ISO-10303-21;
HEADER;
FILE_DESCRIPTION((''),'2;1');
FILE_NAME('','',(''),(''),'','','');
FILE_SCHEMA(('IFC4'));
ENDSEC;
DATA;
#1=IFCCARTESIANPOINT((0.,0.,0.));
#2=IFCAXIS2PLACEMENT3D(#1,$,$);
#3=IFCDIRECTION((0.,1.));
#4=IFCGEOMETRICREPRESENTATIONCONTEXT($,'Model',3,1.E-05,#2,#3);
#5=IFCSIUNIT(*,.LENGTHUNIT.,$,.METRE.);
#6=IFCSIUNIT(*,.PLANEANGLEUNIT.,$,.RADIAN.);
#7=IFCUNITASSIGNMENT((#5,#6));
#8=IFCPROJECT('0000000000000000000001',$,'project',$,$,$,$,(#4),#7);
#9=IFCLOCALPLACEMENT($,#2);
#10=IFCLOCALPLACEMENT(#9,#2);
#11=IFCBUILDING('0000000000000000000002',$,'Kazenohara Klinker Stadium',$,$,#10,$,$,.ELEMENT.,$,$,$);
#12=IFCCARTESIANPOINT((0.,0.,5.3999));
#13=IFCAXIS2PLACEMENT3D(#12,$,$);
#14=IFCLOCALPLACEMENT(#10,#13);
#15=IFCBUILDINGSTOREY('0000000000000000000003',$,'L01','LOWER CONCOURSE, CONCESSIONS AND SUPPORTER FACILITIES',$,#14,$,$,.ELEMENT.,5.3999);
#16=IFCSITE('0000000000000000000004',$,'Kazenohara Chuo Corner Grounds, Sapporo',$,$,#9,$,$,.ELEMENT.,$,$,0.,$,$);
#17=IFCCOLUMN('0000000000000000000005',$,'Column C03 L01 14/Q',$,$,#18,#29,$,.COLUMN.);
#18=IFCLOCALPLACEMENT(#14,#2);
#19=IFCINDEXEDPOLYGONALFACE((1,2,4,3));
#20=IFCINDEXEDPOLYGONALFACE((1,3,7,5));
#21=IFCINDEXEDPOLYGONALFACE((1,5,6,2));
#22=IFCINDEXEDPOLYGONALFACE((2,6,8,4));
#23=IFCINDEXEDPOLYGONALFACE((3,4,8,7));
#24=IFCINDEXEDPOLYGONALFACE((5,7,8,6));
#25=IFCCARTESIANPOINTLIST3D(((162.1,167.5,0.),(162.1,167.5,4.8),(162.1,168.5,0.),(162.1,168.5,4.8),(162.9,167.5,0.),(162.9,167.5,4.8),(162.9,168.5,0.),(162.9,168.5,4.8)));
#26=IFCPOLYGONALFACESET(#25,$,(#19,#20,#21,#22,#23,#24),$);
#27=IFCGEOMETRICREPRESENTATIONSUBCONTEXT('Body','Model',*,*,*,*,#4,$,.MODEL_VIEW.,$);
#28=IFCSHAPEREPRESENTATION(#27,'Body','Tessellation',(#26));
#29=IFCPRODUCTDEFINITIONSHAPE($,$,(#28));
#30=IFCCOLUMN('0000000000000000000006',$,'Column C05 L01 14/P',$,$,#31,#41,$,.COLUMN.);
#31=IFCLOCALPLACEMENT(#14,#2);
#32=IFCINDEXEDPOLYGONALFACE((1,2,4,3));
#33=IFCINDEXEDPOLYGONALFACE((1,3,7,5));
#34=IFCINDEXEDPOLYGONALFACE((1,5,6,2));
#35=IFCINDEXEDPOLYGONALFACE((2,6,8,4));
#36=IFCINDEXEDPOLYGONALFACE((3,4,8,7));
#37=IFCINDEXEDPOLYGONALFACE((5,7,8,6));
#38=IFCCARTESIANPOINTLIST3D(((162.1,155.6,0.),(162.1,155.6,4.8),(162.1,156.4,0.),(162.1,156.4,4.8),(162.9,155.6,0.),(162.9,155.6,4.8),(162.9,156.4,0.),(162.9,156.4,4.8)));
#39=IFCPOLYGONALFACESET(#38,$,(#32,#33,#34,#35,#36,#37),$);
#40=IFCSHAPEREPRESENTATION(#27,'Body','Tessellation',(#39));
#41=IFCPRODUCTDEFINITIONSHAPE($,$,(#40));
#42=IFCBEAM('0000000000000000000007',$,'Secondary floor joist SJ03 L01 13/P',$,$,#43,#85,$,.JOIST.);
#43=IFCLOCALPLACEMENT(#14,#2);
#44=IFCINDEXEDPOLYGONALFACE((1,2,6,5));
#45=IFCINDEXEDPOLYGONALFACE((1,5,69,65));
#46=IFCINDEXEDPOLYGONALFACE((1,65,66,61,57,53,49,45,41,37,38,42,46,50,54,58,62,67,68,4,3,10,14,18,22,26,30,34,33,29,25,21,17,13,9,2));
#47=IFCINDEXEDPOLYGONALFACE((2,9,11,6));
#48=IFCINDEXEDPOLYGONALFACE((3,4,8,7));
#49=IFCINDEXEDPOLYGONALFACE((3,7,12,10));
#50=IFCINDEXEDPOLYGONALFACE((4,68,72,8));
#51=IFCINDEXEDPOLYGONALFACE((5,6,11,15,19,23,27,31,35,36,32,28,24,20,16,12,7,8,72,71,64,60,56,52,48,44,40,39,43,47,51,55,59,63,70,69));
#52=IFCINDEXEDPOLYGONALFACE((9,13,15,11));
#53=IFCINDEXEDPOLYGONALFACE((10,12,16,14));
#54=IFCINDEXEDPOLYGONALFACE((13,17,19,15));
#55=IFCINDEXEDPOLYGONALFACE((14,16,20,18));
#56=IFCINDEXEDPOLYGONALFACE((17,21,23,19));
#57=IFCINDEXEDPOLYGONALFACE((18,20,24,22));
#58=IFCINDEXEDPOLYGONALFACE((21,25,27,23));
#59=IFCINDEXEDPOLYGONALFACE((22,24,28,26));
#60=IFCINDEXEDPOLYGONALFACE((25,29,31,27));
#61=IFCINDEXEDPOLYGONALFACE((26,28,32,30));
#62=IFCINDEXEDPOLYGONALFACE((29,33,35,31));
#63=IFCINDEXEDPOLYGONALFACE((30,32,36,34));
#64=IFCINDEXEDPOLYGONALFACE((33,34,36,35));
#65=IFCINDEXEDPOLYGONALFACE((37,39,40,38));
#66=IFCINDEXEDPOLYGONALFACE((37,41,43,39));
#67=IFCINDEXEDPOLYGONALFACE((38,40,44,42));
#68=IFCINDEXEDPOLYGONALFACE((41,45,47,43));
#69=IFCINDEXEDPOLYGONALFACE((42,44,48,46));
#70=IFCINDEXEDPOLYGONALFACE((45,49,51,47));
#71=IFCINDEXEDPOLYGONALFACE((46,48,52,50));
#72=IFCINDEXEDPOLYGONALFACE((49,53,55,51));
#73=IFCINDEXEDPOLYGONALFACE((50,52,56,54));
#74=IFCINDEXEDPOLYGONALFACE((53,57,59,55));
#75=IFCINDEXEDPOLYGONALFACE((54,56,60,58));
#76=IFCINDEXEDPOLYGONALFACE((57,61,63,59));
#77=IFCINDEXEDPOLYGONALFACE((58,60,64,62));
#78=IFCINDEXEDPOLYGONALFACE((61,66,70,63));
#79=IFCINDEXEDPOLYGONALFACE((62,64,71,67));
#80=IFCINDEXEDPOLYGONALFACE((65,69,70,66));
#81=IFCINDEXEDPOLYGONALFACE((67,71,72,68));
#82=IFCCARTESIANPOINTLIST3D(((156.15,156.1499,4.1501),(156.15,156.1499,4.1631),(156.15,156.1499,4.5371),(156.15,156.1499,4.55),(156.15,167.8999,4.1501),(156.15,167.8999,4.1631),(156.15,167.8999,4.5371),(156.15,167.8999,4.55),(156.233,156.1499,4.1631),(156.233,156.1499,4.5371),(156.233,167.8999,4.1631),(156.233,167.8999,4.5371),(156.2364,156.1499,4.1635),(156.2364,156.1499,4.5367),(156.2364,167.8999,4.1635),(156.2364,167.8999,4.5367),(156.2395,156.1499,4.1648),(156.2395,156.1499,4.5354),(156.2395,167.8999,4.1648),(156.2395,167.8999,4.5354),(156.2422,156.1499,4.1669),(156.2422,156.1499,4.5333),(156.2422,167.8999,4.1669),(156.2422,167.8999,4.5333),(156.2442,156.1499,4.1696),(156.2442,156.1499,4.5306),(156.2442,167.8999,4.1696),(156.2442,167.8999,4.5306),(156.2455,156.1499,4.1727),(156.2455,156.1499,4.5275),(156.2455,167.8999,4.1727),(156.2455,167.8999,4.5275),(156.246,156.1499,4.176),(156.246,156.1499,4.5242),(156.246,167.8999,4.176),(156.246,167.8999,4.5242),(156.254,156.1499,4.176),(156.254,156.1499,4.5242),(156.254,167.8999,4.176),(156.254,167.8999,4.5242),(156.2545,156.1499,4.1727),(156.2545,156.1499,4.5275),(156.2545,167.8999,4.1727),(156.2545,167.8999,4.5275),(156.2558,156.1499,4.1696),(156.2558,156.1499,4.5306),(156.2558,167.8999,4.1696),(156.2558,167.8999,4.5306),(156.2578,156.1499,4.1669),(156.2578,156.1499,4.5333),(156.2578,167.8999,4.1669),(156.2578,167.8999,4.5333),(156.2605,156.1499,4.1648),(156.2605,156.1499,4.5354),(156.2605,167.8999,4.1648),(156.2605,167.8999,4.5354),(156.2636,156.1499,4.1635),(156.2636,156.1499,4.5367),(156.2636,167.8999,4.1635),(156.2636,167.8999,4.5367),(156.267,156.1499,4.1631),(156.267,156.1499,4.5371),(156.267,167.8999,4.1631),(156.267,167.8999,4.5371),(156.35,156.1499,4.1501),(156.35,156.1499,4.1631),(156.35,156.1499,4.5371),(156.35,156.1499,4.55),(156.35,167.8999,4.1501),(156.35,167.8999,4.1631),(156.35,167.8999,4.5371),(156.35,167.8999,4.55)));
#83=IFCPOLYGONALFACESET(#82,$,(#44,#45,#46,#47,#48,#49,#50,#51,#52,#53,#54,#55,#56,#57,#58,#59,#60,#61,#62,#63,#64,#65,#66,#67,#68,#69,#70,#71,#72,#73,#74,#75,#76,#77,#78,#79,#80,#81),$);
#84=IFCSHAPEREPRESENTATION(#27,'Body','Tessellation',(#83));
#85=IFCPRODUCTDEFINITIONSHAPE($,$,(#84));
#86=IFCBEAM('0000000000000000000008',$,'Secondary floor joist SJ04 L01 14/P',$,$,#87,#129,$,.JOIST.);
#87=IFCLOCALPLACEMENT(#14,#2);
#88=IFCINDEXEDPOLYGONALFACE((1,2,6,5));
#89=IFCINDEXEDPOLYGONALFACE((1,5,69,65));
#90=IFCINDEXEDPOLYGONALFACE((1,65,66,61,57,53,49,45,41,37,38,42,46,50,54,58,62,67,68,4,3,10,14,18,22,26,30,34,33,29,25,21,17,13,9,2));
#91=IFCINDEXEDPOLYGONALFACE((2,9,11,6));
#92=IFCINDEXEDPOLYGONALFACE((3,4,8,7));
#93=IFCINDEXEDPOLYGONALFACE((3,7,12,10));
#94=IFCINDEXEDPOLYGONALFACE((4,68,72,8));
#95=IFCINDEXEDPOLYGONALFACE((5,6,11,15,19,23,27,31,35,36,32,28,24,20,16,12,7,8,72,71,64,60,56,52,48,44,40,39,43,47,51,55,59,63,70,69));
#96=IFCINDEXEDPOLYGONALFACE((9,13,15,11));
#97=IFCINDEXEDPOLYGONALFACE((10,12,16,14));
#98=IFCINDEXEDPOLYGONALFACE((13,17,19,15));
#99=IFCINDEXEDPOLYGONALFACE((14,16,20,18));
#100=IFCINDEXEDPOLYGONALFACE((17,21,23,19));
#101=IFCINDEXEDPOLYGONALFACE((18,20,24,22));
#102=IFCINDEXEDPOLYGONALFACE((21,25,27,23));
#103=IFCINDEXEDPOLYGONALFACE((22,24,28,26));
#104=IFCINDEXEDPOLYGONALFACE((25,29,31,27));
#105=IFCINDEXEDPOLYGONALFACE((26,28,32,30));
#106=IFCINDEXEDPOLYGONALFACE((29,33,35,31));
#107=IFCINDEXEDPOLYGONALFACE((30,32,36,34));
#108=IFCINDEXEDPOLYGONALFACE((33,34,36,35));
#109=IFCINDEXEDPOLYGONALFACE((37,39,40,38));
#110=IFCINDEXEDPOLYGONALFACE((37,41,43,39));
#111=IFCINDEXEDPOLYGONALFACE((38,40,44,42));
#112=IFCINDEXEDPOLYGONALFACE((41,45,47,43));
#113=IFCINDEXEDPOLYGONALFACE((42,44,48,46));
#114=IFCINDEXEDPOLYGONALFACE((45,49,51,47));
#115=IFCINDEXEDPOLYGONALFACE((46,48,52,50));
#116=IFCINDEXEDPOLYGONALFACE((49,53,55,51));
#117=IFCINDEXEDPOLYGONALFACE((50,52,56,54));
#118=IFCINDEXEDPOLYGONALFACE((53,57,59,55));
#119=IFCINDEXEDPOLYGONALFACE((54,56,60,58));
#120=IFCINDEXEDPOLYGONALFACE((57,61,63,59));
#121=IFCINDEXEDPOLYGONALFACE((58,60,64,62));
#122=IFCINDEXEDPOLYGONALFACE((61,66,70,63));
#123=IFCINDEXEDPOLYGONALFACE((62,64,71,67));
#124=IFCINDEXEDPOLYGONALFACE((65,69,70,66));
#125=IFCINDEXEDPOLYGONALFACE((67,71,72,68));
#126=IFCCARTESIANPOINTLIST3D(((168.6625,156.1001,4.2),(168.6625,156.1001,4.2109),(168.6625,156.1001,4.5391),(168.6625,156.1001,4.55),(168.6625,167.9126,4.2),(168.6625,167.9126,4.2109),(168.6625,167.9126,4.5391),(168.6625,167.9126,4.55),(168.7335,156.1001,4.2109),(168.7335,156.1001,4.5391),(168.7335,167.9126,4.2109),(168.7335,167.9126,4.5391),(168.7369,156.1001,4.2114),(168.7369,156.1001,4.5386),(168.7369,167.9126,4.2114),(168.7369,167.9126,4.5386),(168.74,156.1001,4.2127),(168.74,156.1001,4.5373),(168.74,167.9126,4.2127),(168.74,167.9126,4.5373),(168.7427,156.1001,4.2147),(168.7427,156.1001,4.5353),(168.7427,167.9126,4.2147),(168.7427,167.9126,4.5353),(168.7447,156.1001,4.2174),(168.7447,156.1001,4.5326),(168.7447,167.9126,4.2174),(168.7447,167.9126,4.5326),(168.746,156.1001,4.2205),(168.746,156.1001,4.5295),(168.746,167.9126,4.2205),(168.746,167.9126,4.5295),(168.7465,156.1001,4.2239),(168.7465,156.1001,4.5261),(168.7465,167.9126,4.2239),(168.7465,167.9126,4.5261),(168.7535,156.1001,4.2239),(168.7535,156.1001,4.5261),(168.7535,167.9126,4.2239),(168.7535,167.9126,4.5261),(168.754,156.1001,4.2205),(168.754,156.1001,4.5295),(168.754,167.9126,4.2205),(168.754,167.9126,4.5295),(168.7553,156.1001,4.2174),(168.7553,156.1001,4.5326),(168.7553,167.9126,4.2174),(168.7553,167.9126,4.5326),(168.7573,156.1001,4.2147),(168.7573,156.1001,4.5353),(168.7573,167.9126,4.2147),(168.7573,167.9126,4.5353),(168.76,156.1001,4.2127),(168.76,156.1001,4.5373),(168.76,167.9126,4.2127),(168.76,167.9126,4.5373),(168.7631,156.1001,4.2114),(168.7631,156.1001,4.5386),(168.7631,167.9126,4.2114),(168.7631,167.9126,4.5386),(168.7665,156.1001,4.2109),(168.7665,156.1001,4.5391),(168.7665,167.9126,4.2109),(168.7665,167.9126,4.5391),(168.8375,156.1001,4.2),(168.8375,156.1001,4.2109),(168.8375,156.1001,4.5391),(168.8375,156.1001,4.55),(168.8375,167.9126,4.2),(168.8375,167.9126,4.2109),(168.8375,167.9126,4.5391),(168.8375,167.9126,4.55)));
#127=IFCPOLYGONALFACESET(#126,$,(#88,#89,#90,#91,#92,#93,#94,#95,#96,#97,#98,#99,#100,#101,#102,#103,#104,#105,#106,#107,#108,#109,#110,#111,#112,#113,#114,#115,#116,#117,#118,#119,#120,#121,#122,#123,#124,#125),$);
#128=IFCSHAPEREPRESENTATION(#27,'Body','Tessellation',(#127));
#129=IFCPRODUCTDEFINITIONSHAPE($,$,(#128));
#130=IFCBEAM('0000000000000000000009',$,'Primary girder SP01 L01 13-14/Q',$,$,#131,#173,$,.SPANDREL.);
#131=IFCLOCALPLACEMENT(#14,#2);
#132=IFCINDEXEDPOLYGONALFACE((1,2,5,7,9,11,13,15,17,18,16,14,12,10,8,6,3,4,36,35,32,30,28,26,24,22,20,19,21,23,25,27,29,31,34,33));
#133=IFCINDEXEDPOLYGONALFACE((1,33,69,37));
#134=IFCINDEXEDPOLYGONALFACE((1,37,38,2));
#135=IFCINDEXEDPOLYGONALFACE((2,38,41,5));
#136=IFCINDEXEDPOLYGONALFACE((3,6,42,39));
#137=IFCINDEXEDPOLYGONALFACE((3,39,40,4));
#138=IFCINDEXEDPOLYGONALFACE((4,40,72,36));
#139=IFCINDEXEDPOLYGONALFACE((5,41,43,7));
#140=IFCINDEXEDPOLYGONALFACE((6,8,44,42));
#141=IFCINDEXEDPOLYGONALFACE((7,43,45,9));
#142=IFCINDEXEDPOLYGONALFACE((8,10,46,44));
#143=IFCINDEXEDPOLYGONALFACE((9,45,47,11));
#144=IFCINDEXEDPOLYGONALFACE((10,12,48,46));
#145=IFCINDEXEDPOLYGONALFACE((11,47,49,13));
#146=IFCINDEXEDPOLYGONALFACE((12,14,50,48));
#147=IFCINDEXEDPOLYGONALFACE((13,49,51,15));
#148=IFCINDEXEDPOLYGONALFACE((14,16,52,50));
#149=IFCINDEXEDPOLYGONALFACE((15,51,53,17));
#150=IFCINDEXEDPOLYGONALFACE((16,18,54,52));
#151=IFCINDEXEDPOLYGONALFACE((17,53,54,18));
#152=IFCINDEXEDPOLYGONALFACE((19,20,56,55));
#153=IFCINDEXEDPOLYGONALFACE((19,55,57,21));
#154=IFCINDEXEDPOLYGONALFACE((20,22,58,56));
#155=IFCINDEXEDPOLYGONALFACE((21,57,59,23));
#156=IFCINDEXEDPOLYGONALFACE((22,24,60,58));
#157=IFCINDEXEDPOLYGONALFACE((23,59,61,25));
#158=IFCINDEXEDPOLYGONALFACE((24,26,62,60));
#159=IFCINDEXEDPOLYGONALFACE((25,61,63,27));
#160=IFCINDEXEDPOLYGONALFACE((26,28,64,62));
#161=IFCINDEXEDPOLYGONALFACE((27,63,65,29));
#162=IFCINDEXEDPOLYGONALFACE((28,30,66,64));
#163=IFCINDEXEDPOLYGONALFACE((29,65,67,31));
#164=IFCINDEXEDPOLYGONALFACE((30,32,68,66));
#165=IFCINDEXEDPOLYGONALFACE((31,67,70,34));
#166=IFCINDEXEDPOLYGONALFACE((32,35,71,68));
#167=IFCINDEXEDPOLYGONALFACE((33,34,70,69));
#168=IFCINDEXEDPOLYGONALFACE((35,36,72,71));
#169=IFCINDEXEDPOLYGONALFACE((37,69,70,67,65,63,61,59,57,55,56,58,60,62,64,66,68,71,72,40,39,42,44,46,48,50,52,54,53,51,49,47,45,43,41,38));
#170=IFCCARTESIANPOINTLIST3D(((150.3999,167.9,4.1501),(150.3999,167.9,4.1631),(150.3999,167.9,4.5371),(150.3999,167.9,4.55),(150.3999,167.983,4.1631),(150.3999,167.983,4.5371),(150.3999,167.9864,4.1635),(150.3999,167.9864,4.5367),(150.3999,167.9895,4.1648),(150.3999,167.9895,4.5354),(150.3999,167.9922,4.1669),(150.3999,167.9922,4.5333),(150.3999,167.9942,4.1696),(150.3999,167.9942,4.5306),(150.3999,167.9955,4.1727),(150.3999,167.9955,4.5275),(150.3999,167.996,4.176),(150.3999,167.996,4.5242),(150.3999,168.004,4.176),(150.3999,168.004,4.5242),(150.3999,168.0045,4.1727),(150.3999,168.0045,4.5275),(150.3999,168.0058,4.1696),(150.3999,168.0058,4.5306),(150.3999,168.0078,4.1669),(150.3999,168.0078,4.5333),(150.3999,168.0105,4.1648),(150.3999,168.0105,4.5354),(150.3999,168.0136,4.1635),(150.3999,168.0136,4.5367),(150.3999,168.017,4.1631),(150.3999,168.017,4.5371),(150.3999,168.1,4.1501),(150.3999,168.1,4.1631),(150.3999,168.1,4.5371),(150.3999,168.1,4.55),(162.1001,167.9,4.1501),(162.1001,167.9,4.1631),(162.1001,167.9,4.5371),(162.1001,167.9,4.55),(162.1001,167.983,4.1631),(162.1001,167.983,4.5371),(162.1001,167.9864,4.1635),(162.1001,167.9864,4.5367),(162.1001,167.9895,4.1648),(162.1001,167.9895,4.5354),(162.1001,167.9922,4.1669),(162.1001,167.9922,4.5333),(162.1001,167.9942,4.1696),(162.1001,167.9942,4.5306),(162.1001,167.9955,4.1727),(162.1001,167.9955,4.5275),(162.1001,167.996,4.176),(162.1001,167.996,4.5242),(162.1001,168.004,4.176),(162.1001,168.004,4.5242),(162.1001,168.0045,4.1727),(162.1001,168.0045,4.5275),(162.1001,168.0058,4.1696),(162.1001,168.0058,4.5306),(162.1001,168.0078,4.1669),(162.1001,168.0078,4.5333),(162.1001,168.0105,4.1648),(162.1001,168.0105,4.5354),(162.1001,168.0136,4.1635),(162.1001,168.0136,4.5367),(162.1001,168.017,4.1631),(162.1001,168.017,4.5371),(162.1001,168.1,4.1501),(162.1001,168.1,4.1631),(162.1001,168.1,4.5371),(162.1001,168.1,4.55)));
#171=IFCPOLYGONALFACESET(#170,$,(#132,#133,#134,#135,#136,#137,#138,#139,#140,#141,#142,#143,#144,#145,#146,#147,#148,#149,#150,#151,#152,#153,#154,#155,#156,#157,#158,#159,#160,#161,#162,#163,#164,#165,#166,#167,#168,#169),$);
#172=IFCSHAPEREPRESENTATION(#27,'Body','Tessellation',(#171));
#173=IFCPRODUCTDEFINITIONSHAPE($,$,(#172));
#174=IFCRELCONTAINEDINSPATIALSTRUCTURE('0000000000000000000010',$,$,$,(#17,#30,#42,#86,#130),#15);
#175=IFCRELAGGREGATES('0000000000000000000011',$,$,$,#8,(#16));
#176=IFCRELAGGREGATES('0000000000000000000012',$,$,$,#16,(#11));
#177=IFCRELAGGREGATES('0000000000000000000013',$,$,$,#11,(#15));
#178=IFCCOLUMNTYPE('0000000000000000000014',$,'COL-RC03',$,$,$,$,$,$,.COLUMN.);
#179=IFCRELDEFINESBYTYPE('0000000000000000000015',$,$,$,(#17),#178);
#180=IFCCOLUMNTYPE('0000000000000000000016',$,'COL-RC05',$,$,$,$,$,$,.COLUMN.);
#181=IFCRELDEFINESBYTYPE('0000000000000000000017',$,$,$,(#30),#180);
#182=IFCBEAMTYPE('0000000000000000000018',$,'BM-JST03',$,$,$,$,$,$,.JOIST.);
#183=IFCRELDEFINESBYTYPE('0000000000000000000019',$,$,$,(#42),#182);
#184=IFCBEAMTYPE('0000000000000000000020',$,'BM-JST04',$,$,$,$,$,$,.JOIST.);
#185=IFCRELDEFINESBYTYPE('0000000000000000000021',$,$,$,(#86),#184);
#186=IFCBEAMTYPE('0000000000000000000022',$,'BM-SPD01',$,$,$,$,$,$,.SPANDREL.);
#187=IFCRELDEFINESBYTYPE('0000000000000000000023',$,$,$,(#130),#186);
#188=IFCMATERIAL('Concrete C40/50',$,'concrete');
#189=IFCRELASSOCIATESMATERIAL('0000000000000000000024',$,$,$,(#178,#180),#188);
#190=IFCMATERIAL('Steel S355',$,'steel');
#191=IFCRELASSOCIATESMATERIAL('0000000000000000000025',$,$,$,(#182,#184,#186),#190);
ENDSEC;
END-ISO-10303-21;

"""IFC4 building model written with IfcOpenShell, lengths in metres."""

from ifc_helpers import new_model, si_unit, direction, frame, origin, origin_2d, place, context, subcontext, project, spatial, rectangle, i_section, extrude, material, material_profile, profile_set, type_object, element, save


model = new_model("IFC4")

# Units and contexts
model_context = context("Model", 3, precision=1e-05, world=origin(), true_north=direction((0.0, 1.0)))
body_context = subcontext(model_context, "Body", "Model", "MODEL_VIEW")
ifc_project = project(units=[si_unit("LENGTHUNIT", "METRE"), si_unit("PLANEANGLEUNIT", "RADIAN")], contexts=[model_context])

# Site, building, storey
site_placement = place(None, origin())
site = spatial("IfcSite", under=ifc_project, at=site_placement, Name="Kazenohara Chuo Corner Grounds, Sapporo", CompositionType="ELEMENT", RefElevation=0.0)
building_placement = place(site_placement, origin())
building = spatial("IfcBuilding", under=site, at=building_placement, Name="Kazenohara Klinker Stadium", CompositionType="ELEMENT")
storey_placement = place(building_placement, frame((0.0, 0.0, 5.3999)))
storey = spatial("IfcBuildingStorey", under=building, at=storey_placement, Name="L01", Description="LOWER CONCOURSE, CONCESSIONS AND SUPPORTER FACILITIES", CompositionType="ELEMENT", Elevation=5.3999)

# Columns
ifc_material_1 = material(Name="Concrete C40/50", Category="concrete")
ifc_material_profile_1 = material_profile(ifc_material_1, rectangle(XDim=0.8, YDim=1.0, at=origin_2d()), Name="RC-COL-1000x800")
ifc_profile_set_1 = profile_set([ifc_material_profile_1], Name="Concrete C40/50")
column_type_1 = type_object("IfcColumnType", Name="COL-RC03", PredefinedType="COLUMN", material=ifc_profile_set_1)
column_1_placement = place(storey_placement, frame((162.5, 168.0, 0.0), z_axis=(0.0, 0.0, 1.0), x_axis=(1.0, 0.0, 0.0)))
element("IfcColumn", 1, at=column_1_placement, inside=storey, type_object=column_type_1, Name="Column C03 L01 14/Q", PredefinedType="COLUMN", context=body_context, shape_type="SweptSolid", body=[
    extrude(rectangle(XDim=0.8, YDim=1.0, at=origin_2d()), origin(), (0.0, 0.0, 1.0), 4.8),
])
ifc_material_profile_2 = material_profile(ifc_material_1, rectangle(XDim=0.8, YDim=0.8, at=origin_2d()), Name="RC-COL-800x800")
ifc_profile_set_2 = profile_set([ifc_material_profile_2], Name="Concrete C40/50")
column_type_2 = type_object("IfcColumnType", Name="COL-RC05", PredefinedType="COLUMN", material=ifc_profile_set_2)
column_2_placement = place(storey_placement, frame((162.5, 156.0, 0.0), z_axis=(0.0, 0.0, 1.0), x_axis=(1.0, 0.0, 0.0)))
element("IfcColumn", 2, at=column_2_placement, inside=storey, type_object=column_type_2, Name="Column C05 L01 14/P", PredefinedType="COLUMN", context=body_context, shape_type="SweptSolid", body=[
    extrude(rectangle(XDim=0.8, YDim=0.8, at=origin_2d()), origin(), (0.0, 0.0, 1.0), 4.8),
])

# Beams
ifc_material_2 = material(Name="Steel S355", Category="steel")
ifc_material_profile_3 = material_profile(ifc_material_2, i_section(OverallWidth=0.2, OverallDepth=0.3999, WebThickness=0.0081, FlangeThickness=0.0129, FilletRadius=0.0129, at=origin_2d()), Name="H-400x200x8x13")
ifc_profile_set_3 = profile_set([ifc_material_profile_3], Name="Steel S355")
beam_type_1 = type_object("IfcBeamType", Name="BM-JST03", PredefinedType="JOIST", material=ifc_profile_set_3)
beam_1_placement = place(storey_placement, frame((156.25, 156.1499, 4.3501), z_axis=(0.0, 1.0, 0.0), x_axis=(-1.0, 0.0, 0.0)))
element("IfcBeam", 3, at=beam_1_placement, inside=storey, type_object=beam_type_1, Name="Secondary floor joist SJ03 L01 13/P", PredefinedType="JOIST", context=body_context, shape_type="SweptSolid", body=[
    extrude(i_section(OverallWidth=0.2, OverallDepth=0.3999, WebThickness=0.0081, FlangeThickness=0.0129, FilletRadius=0.0129, at=origin_2d()), origin(), (0.0, 0.0, 1.0), 11.75),
])
ifc_material_profile_4 = material_profile(ifc_material_2, i_section(OverallWidth=0.175, OverallDepth=0.3501, WebThickness=0.0071, FlangeThickness=0.011, FilletRadius=0.0129, at=origin_2d()), Name="H-350x175x7x11")
ifc_profile_set_4 = profile_set([ifc_material_profile_4], Name="Steel S355")
beam_type_2 = type_object("IfcBeamType", Name="BM-JST04", PredefinedType="JOIST", material=ifc_profile_set_4)
beam_2_placement = place(storey_placement, frame((168.75, 156.1001, 4.375), z_axis=(0.0, 1.0, 0.0), x_axis=(-1.0, 0.0, 0.0)))
element("IfcBeam", 4, at=beam_2_placement, inside=storey, type_object=beam_type_2, Name="Secondary floor joist SJ04 L01 14/P", PredefinedType="JOIST", context=body_context, shape_type="SweptSolid", body=[
    extrude(i_section(OverallWidth=0.175, OverallDepth=0.3501, WebThickness=0.0071, FlangeThickness=0.011, FilletRadius=0.0129, at=origin_2d()), origin(), (0.0, 0.0, 1.0), 11.8125),
])
ifc_material_profile_5 = material_profile(ifc_material_2, i_section(OverallWidth=0.2, OverallDepth=0.3999, WebThickness=0.0081, FlangeThickness=0.0129, FilletRadius=0.0129, at=origin_2d()), Name="H-400x200x8x13")
ifc_profile_set_5 = profile_set([ifc_material_profile_5], Name="Steel S355")
beam_type_3 = type_object("IfcBeamType", Name="BM-SPD01", PredefinedType="SPANDREL", material=ifc_profile_set_5)
beam_3_placement = place(storey_placement, frame((150.3999, 168.0, 4.3501), z_axis=(1.0, 0.0, 0.0), x_axis=(0.0, 1.0, 0.0)))
element("IfcBeam", 5, at=beam_3_placement, inside=storey, type_object=beam_type_3, Name="Primary girder SP01 L01 13-14/Q", PredefinedType="SPANDREL", context=body_context, shape_type="SweptSolid", body=[
    extrude(i_section(OverallWidth=0.2, OverallDepth=0.3999, WebThickness=0.0081, FlangeThickness=0.0129, FilletRadius=0.0129, at=origin_2d()), origin(), (0.0, 0.0, 1.0), 11.7002),
])

save(model, "model.ifc")
